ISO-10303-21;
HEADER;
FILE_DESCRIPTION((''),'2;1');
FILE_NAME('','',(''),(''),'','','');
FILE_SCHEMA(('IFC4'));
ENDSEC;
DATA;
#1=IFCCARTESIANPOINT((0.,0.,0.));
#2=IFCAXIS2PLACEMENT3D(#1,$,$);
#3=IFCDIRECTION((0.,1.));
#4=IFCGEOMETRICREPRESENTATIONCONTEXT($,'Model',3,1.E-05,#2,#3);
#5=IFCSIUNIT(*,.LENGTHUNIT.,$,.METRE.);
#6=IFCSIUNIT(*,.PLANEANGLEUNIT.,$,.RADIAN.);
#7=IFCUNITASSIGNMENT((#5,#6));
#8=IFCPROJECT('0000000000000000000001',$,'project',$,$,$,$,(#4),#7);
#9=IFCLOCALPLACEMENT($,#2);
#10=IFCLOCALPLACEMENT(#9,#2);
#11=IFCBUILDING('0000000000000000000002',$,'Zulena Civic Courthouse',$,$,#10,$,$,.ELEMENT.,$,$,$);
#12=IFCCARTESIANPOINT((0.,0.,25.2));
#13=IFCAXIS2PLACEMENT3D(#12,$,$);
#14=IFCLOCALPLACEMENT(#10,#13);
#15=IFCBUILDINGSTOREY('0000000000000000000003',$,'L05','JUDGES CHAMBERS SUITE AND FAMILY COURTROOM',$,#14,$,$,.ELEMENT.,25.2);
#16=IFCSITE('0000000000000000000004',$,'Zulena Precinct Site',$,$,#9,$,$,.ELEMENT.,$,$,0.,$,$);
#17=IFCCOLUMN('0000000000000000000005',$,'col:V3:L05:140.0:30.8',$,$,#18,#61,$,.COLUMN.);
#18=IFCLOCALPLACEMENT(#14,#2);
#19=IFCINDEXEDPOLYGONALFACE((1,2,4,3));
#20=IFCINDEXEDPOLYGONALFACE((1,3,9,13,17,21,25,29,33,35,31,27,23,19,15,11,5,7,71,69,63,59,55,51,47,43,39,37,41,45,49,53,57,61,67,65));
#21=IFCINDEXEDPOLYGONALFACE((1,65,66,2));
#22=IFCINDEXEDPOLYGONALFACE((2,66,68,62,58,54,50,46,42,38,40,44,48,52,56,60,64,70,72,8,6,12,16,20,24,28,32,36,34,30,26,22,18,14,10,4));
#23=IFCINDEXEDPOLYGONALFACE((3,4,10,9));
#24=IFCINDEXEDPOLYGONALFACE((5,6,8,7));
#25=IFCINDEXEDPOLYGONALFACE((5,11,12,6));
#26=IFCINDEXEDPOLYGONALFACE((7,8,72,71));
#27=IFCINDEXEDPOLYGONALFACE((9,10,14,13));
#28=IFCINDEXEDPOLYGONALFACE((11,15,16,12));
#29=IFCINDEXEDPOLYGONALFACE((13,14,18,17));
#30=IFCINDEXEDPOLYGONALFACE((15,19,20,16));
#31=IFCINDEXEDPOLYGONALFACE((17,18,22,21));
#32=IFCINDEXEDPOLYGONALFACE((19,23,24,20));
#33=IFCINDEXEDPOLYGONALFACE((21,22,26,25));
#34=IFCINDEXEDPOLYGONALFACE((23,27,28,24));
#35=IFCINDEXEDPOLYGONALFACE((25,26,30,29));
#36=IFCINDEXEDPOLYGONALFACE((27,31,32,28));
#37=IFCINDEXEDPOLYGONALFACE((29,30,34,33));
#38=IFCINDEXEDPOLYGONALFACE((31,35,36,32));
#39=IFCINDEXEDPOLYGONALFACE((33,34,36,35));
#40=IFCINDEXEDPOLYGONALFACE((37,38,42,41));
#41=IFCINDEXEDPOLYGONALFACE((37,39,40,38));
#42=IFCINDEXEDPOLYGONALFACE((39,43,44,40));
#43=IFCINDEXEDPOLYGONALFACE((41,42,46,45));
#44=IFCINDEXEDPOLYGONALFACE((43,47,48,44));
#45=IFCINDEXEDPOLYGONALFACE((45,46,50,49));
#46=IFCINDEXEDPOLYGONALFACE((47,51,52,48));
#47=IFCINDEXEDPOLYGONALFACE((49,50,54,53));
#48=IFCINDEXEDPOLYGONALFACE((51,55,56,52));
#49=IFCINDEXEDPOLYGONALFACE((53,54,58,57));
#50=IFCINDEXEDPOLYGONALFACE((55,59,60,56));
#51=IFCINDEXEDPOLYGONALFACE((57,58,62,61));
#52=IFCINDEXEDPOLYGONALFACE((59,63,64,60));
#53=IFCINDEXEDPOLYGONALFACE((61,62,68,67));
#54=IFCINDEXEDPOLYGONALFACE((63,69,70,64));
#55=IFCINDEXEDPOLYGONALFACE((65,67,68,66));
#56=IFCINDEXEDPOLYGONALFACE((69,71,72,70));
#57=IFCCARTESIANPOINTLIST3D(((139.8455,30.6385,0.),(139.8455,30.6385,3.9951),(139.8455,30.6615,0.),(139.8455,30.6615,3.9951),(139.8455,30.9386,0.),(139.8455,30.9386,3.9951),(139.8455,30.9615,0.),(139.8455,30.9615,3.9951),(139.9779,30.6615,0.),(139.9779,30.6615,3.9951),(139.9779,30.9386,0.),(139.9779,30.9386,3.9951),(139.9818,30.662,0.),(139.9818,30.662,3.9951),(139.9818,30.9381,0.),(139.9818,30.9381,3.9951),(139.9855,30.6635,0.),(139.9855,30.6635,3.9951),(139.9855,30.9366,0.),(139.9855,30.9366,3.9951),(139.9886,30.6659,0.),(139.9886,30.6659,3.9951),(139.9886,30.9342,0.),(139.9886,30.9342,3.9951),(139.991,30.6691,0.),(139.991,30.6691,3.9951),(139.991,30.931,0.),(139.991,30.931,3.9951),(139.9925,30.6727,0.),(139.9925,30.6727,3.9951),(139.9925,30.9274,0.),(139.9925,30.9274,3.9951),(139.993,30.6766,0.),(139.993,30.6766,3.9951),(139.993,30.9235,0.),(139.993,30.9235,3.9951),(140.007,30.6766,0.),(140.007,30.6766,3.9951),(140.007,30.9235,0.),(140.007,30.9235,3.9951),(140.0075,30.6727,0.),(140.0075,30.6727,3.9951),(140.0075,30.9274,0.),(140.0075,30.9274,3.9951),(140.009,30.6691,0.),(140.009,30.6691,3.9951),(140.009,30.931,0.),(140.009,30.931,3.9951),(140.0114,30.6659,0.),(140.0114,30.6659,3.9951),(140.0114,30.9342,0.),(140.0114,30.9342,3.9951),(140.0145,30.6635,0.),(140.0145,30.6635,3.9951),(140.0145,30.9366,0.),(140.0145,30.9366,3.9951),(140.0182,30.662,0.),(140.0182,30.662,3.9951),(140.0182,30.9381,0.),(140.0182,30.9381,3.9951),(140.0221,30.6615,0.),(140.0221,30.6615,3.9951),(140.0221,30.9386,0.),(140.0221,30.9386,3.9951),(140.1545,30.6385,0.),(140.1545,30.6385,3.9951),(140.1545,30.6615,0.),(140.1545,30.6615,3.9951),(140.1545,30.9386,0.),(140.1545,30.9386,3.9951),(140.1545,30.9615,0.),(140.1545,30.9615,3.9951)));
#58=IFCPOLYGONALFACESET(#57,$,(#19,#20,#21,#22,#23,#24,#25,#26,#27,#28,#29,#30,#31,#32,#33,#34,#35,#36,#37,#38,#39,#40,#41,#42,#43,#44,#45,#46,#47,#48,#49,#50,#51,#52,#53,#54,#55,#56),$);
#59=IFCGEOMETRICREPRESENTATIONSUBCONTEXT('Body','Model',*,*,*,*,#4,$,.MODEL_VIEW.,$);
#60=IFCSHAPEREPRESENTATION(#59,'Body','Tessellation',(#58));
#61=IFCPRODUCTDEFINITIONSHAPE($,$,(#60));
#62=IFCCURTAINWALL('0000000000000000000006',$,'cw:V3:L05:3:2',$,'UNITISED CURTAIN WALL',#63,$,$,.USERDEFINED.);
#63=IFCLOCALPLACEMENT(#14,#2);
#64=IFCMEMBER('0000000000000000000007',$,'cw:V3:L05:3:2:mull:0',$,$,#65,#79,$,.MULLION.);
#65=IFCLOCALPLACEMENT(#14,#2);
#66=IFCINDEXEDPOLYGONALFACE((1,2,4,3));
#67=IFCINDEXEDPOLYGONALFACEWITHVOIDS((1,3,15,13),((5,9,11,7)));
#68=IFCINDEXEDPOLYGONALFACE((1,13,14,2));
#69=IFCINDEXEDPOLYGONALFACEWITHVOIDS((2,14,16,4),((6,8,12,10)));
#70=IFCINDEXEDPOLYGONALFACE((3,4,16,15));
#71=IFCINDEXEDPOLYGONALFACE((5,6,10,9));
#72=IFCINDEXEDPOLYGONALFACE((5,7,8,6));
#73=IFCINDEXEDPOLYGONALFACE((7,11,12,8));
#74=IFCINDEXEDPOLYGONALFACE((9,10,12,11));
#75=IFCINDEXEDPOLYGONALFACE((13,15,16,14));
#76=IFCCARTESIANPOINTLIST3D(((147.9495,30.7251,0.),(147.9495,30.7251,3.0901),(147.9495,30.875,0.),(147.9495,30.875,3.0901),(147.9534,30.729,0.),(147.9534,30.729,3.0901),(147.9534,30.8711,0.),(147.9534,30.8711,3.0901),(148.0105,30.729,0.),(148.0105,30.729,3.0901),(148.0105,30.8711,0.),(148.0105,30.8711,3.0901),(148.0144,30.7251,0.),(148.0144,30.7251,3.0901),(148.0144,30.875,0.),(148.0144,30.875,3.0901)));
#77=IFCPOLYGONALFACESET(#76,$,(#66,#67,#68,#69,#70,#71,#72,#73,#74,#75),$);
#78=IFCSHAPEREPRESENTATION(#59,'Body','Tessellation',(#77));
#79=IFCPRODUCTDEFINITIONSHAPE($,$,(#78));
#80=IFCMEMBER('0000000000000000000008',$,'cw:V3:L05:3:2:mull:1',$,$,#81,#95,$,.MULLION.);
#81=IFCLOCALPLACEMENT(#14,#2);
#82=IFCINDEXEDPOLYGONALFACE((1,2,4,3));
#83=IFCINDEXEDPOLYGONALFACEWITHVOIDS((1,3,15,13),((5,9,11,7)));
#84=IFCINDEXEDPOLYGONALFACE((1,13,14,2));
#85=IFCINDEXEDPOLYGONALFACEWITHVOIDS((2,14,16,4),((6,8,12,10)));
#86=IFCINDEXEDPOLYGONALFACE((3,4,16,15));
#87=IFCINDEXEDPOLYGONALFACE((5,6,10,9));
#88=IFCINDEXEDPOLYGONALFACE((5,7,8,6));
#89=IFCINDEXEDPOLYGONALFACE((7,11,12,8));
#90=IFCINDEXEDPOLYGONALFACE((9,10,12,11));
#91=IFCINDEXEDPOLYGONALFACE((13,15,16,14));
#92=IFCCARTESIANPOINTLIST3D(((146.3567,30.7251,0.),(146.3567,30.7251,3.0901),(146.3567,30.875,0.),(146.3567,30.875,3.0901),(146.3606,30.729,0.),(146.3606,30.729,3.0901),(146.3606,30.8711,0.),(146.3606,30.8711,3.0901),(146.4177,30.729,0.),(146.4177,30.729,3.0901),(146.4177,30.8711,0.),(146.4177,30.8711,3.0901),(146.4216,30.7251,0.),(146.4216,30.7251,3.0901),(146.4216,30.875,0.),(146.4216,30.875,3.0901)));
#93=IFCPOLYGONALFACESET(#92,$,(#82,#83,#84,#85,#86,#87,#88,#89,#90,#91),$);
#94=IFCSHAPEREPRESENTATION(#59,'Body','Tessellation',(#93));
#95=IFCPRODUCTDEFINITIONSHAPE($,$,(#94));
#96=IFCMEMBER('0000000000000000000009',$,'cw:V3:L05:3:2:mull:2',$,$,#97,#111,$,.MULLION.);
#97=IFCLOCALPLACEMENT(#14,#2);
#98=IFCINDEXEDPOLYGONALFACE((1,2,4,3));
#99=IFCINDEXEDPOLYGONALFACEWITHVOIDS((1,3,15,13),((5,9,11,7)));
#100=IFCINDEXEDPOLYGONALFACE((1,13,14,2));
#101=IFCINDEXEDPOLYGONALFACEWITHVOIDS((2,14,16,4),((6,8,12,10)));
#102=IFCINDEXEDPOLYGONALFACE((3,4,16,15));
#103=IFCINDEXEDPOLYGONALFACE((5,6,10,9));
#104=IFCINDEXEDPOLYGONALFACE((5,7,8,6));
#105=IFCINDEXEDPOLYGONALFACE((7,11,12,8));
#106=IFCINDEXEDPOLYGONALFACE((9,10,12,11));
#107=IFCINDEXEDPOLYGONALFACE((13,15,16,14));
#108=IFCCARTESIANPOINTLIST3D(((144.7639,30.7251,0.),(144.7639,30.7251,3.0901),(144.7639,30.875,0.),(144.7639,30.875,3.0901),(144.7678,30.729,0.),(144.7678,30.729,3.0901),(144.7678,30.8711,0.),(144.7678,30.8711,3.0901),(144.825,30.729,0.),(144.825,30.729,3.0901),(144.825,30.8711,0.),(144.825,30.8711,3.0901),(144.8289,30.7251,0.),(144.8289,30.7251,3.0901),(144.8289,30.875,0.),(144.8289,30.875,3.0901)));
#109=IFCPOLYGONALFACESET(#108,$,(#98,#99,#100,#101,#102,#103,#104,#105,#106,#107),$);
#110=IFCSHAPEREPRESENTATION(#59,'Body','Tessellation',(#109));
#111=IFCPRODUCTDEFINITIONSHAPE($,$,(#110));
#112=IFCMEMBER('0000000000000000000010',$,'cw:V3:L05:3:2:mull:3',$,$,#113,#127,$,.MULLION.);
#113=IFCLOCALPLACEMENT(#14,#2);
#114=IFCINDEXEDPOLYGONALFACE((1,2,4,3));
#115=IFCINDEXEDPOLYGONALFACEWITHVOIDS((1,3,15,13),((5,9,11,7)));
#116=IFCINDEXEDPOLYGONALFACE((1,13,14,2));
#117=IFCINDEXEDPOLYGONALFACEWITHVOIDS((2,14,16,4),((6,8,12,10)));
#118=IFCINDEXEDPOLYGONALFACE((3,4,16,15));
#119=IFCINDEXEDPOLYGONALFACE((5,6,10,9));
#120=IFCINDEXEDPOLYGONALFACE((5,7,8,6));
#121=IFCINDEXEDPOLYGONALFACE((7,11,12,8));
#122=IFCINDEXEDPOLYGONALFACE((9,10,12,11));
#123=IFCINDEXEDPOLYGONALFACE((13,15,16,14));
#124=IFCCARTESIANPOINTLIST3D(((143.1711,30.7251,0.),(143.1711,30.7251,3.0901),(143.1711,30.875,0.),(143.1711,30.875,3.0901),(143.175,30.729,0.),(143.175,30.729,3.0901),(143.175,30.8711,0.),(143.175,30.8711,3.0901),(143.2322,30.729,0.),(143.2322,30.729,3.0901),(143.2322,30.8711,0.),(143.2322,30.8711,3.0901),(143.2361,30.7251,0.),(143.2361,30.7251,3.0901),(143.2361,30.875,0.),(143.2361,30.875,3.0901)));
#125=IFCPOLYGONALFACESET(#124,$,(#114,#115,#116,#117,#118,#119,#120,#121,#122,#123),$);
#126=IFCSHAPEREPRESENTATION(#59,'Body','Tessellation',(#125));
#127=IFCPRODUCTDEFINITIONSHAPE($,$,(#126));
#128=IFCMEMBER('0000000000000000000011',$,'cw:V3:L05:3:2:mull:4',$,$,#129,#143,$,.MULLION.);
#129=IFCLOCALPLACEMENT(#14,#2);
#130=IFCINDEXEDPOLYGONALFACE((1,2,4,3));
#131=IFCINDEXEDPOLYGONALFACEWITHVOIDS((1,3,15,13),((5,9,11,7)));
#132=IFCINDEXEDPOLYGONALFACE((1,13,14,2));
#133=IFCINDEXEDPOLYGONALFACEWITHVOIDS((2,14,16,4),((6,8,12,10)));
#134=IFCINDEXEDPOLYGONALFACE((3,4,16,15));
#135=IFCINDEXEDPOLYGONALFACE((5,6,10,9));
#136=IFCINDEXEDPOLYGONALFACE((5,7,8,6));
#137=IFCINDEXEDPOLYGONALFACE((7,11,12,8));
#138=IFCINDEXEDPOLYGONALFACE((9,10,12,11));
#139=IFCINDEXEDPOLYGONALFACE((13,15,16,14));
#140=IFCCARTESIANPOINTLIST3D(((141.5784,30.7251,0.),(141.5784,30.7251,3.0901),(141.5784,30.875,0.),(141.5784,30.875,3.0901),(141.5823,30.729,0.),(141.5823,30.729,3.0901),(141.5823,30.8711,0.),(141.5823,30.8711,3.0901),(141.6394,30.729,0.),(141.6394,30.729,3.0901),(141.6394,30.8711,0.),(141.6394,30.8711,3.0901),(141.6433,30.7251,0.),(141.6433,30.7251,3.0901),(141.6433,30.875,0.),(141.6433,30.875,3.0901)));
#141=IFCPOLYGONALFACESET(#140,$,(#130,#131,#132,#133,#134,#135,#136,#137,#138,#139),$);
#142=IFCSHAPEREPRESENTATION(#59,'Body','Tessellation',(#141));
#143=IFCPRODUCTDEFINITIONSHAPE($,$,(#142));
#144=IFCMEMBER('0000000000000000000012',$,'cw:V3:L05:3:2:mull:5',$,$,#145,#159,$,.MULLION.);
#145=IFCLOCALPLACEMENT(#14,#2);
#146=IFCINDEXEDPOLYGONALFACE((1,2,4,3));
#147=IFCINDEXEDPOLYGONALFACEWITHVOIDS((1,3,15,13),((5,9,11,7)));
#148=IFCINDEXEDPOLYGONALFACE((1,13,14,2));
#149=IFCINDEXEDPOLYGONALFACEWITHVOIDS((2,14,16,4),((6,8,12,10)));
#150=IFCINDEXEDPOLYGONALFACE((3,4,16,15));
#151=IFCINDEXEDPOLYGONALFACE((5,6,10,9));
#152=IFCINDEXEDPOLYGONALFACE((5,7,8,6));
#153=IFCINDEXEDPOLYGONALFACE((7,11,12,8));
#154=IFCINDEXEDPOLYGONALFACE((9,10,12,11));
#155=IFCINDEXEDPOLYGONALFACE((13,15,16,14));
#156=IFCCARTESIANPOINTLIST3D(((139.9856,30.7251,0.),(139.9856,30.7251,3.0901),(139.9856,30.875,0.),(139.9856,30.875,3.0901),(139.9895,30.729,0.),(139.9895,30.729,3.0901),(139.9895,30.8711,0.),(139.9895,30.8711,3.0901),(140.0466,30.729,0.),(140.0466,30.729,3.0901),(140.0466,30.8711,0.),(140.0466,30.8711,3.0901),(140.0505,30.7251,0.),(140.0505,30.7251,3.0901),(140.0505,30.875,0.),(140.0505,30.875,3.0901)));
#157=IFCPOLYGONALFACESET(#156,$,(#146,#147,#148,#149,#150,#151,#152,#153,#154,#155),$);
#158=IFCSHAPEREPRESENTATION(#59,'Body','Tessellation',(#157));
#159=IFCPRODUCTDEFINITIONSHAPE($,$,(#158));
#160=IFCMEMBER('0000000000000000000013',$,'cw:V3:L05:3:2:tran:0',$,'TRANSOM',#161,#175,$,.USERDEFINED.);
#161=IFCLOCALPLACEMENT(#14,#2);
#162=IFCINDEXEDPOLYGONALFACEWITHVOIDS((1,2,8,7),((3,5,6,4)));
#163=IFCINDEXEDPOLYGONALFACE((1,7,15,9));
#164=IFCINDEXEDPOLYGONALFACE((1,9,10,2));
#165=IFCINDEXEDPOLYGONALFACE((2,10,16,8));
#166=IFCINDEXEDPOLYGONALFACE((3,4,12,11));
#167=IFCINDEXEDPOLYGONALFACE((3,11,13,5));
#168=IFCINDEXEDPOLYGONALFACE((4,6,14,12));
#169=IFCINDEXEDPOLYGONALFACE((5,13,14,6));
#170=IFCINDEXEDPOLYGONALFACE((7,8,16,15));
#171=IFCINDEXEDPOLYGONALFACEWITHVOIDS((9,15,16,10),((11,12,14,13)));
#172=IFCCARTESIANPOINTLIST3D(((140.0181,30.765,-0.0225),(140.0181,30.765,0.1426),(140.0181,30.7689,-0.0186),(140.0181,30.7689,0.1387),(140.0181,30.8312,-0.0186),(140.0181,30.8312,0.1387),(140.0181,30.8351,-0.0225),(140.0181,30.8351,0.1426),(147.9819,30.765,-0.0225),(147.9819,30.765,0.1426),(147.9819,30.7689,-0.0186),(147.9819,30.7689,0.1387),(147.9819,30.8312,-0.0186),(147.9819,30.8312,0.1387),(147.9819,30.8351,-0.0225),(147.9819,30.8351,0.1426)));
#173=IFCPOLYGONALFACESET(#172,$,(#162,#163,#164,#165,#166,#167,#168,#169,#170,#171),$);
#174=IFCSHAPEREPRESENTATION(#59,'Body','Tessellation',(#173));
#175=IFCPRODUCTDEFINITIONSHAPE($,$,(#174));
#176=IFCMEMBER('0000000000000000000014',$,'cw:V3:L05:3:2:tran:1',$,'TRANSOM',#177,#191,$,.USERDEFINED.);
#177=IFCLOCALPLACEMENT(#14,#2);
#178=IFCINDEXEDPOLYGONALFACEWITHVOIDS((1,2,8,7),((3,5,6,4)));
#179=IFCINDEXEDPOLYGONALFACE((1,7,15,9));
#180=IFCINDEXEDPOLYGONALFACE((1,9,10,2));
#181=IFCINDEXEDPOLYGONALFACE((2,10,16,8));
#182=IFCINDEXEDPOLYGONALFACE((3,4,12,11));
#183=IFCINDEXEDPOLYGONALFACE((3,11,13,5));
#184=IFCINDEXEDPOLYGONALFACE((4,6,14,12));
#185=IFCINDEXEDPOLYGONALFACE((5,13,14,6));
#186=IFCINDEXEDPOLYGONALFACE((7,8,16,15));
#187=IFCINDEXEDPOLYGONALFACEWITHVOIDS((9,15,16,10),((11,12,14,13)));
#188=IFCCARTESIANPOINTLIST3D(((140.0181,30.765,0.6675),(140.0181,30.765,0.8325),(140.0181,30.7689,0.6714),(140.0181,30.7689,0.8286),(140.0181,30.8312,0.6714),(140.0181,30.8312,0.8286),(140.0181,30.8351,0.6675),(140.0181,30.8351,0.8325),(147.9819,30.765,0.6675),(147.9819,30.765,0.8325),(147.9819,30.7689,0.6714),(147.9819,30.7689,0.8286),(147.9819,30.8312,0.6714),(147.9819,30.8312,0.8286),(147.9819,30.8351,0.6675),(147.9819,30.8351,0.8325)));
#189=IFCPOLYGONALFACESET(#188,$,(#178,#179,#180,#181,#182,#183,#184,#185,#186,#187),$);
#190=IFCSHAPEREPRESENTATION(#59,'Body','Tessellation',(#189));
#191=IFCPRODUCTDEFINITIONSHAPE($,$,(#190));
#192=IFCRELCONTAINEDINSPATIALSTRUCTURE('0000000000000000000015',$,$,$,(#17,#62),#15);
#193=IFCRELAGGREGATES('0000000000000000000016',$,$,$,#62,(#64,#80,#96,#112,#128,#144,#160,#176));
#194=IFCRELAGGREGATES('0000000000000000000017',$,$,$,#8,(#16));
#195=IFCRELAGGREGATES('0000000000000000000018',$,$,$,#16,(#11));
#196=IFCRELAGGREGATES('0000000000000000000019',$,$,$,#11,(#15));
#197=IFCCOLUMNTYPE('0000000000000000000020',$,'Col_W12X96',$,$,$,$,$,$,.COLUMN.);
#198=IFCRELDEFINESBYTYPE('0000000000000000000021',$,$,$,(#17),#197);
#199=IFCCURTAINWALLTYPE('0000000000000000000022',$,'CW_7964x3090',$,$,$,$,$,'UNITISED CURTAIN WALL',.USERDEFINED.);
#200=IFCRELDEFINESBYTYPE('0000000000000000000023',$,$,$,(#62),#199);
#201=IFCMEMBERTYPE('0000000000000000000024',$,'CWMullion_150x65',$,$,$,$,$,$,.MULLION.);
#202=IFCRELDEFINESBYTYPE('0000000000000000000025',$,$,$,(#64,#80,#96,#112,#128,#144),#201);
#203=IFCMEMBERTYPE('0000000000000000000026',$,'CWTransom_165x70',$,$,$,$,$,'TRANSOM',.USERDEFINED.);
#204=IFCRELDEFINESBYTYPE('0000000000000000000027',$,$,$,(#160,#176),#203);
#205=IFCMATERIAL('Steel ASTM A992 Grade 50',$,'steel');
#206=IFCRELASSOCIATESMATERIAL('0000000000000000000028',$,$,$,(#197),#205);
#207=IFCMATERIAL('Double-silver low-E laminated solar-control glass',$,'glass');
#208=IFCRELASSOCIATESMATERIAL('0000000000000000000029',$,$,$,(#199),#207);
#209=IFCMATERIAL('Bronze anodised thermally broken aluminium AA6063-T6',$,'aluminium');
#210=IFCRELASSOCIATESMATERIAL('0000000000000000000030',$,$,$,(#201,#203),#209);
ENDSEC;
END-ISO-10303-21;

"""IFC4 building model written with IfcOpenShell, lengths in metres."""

from ifc_helpers import new_model, si_unit, direction, frame, origin, origin_2d, place, context, subcontext, project, spatial, hollow_rectangle, i_section, extrude, material, material_profile, profile_set, type_object, element, aggregate, save


model = new_model("IFC4")

# Units and contexts
model_context = context("Model", 3, precision=1e-05, world=origin(), true_north=direction((0.0, 1.0)))
body_context = subcontext(model_context, "Body", "Model", "MODEL_VIEW")
ifc_project = project(units=[si_unit("LENGTHUNIT", "METRE"), si_unit("PLANEANGLEUNIT", "RADIAN")], contexts=[model_context])

# Site, building, storey
site_placement = place(None, origin())
site = spatial("IfcSite", under=ifc_project, at=site_placement, Name="Zulena Precinct Site", CompositionType="ELEMENT", RefElevation=0.0)
building_placement = place(site_placement, origin())
building = spatial("IfcBuilding", under=site, at=building_placement, Name="Zulena Civic Courthouse", CompositionType="ELEMENT")
storey_placement = place(building_placement, frame((0.0, 0.0, 25.2)))
storey = spatial("IfcBuildingStorey", under=building, at=storey_placement, Name="L05", Description="JUDGES CHAMBERS SUITE AND FAMILY COURTROOM", CompositionType="ELEMENT", Elevation=25.2)

# Column
ifc_material_1 = material(Name="Steel ASTM A992 Grade 50", Category="steel")
ifc_material_profile_1 = material_profile(ifc_material_1, i_section(OverallWidth=0.3091, OverallDepth=0.323, WebThickness=0.0139, FlangeThickness=0.0229, FilletRadius=0.0151, at=origin_2d()), Name="W12X96")
ifc_profile_set_1 = profile_set([ifc_material_profile_1], Name="Steel ASTM A992 Grade 50")
column_type = type_object("IfcColumnType", Name="Col_W12X96", PredefinedType="COLUMN", material=ifc_profile_set_1)
column_placement = place(storey_placement, frame((140.0, 30.8, 0.0), z_axis=(0.0, 0.0, 1.0), x_axis=(1.0, 0.0, 0.0)))
element("IfcColumn", 1, at=column_placement, inside=storey, type_object=column_type, Name="col:V3:L05:140.0:30.8", PredefinedType="COLUMN", context=body_context, shape_type="SweptSolid", body=[
    extrude(i_section(OverallWidth=0.3091, OverallDepth=0.323, WebThickness=0.0139, FlangeThickness=0.0229, FilletRadius=0.0151, at=origin_2d()), origin(), (0.0, 0.0, 1.0), 3.9951),
])

# Curtain wall, members
ifc_material_2 = material(Name="Double-silver low-E laminated solar-control glass", Category="glass")
curtain_wall_type = type_object("IfcCurtainWallType", Name="CW_7964x3090", ElementType="UNITISED CURTAIN WALL", PredefinedType="USERDEFINED", material=ifc_material_2)
curtain_wall_1_placement = place(storey_placement, origin())
curtain_wall_1 = element("IfcCurtainWall", 2, at=curtain_wall_1_placement, inside=storey, type_object=curtain_wall_type, Name="cw:V3:L05:3:2", ObjectType="UNITISED CURTAIN WALL", PredefinedType="USERDEFINED")
ifc_material_3 = material(Name="Bronze anodised thermally broken aluminium AA6063-T6", Category="aluminium")
ifc_material_profile_2 = material_profile(ifc_material_3, hollow_rectangle(XDim=0.0649, YDim=0.1499, WallThickness=0.0039, at=origin_2d()), Name="CWM150X65X4")
ifc_profile_set_2 = profile_set([ifc_material_profile_2], Name="Bronze anodised thermally broken aluminium AA6063-T6")
member_type_1 = type_object("IfcMemberType", Name="CWMullion_150x65", PredefinedType="MULLION", material=ifc_profile_set_2)
member_1_placement = place(storey_placement, frame((147.9819, 30.8, 0.0), z_axis=(0.0, 0.0, 1.0), x_axis=(1.0, 0.0, 0.0)))
member_1 = element("IfcMember", 3, at=member_1_placement, type_object=member_type_1, Name="cw:V3:L05:3:2:mull:0", PredefinedType="MULLION", context=body_context, shape_type="SweptSolid", body=[
    extrude(hollow_rectangle(XDim=0.0649, YDim=0.1499, WallThickness=0.0039, at=origin_2d()), origin(), (0.0, 0.0, 1.0), 3.0901),
])
member_2_placement = place(storey_placement, frame((146.3892, 30.8, 0.0), z_axis=(0.0, 0.0, 1.0), x_axis=(1.0, 0.0, 0.0)))
member_2 = element("IfcMember", 4, at=member_2_placement, type_object=member_type_1, Name="cw:V3:L05:3:2:mull:1", PredefinedType="MULLION", context=body_context, shape_type="SweptSolid", body=[
    extrude(hollow_rectangle(XDim=0.0649, YDim=0.1499, WallThickness=0.0039, at=origin_2d()), origin(), (0.0, 0.0, 1.0), 3.0901),
])
member_3_placement = place(storey_placement, frame((144.7964, 30.8, 0.0), z_axis=(0.0, 0.0, 1.0), x_axis=(1.0, 0.0, 0.0)))
member_3 = element("IfcMember", 5, at=member_3_placement, type_object=member_type_1, Name="cw:V3:L05:3:2:mull:2", PredefinedType="MULLION", context=body_context, shape_type="SweptSolid", body=[
    extrude(hollow_rectangle(XDim=0.0649, YDim=0.1499, WallThickness=0.0039, at=origin_2d()), origin(), (0.0, 0.0, 1.0), 3.0901),
])
member_4_placement = place(storey_placement, frame((143.2036, 30.8, 0.0), z_axis=(0.0, 0.0, 1.0), x_axis=(1.0, 0.0, 0.0)))
member_4 = element("IfcMember", 6, at=member_4_placement, type_object=member_type_1, Name="cw:V3:L05:3:2:mull:3", PredefinedType="MULLION", context=body_context, shape_type="SweptSolid", body=[
    extrude(hollow_rectangle(XDim=0.0649, YDim=0.1499, WallThickness=0.0039, at=origin_2d()), origin(), (0.0, 0.0, 1.0), 3.0901),
])
member_5_placement = place(storey_placement, frame((141.6108, 30.8, 0.0), z_axis=(0.0, 0.0, 1.0), x_axis=(1.0, 0.0, 0.0)))
member_5 = element("IfcMember", 7, at=member_5_placement, type_object=member_type_1, Name="cw:V3:L05:3:2:mull:4", PredefinedType="MULLION", context=body_context, shape_type="SweptSolid", body=[
    extrude(hollow_rectangle(XDim=0.0649, YDim=0.1499, WallThickness=0.0039, at=origin_2d()), origin(), (0.0, 0.0, 1.0), 3.0901),
])
member_6_placement = place(storey_placement, frame((140.0181, 30.8, 0.0), z_axis=(0.0, 0.0, 1.0), x_axis=(1.0, 0.0, 0.0)))
member_6 = element("IfcMember", 8, at=member_6_placement, type_object=member_type_1, Name="cw:V3:L05:3:2:mull:5", PredefinedType="MULLION", context=body_context, shape_type="SweptSolid", body=[
    extrude(hollow_rectangle(XDim=0.0649, YDim=0.1499, WallThickness=0.0039, at=origin_2d()), origin(), (0.0, 0.0, 1.0), 3.0901),
])
ifc_material_profile_3 = material_profile(ifc_material_3, hollow_rectangle(XDim=0.0701, YDim=0.165, WallThickness=0.0039, at=origin_2d()), Name="CWT165X70X4")
ifc_profile_set_3 = profile_set([ifc_material_profile_3], Name="Bronze anodised thermally broken aluminium AA6063-T6")
member_type_2 = type_object("IfcMemberType", Name="CWTransom_165x70", ElementType="TRANSOM", PredefinedType="USERDEFINED", material=ifc_profile_set_3)
member_7_placement = place(storey_placement, frame((147.9819, 30.8, 0.0601), z_axis=(-1.0, 0.0, 0.0), x_axis=(0.0, -1.0, 0.0)))
member_7 = element("IfcMember", 9, at=member_7_placement, type_object=member_type_2, Name="cw:V3:L05:3:2:tran:0", ObjectType="TRANSOM", PredefinedType="USERDEFINED", context=body_context, shape_type="SweptSolid", body=[
    extrude(hollow_rectangle(XDim=0.0701, YDim=0.165, WallThickness=0.0039, at=origin_2d()), origin(), (0.0, 0.0, 1.0), 7.9639),
])
member_8_placement = place(storey_placement, frame((147.9819, 30.8, 0.75), z_axis=(-1.0, 0.0, 0.0), x_axis=(0.0, -1.0, 0.0)))
member_8 = element("IfcMember", 10, at=member_8_placement, type_object=member_type_2, Name="cw:V3:L05:3:2:tran:1", ObjectType="TRANSOM", PredefinedType="USERDEFINED", context=body_context, shape_type="SweptSolid", body=[
    extrude(hollow_rectangle(XDim=0.0701, YDim=0.165, WallThickness=0.0039, at=origin_2d()), origin(), (0.0, 0.0, 1.0), 7.9639),
])

aggregate(curtain_wall_1, [member_1, member_2, member_3, member_4, member_5, member_6, member_7, member_8])

save(model, "model.ifc")
